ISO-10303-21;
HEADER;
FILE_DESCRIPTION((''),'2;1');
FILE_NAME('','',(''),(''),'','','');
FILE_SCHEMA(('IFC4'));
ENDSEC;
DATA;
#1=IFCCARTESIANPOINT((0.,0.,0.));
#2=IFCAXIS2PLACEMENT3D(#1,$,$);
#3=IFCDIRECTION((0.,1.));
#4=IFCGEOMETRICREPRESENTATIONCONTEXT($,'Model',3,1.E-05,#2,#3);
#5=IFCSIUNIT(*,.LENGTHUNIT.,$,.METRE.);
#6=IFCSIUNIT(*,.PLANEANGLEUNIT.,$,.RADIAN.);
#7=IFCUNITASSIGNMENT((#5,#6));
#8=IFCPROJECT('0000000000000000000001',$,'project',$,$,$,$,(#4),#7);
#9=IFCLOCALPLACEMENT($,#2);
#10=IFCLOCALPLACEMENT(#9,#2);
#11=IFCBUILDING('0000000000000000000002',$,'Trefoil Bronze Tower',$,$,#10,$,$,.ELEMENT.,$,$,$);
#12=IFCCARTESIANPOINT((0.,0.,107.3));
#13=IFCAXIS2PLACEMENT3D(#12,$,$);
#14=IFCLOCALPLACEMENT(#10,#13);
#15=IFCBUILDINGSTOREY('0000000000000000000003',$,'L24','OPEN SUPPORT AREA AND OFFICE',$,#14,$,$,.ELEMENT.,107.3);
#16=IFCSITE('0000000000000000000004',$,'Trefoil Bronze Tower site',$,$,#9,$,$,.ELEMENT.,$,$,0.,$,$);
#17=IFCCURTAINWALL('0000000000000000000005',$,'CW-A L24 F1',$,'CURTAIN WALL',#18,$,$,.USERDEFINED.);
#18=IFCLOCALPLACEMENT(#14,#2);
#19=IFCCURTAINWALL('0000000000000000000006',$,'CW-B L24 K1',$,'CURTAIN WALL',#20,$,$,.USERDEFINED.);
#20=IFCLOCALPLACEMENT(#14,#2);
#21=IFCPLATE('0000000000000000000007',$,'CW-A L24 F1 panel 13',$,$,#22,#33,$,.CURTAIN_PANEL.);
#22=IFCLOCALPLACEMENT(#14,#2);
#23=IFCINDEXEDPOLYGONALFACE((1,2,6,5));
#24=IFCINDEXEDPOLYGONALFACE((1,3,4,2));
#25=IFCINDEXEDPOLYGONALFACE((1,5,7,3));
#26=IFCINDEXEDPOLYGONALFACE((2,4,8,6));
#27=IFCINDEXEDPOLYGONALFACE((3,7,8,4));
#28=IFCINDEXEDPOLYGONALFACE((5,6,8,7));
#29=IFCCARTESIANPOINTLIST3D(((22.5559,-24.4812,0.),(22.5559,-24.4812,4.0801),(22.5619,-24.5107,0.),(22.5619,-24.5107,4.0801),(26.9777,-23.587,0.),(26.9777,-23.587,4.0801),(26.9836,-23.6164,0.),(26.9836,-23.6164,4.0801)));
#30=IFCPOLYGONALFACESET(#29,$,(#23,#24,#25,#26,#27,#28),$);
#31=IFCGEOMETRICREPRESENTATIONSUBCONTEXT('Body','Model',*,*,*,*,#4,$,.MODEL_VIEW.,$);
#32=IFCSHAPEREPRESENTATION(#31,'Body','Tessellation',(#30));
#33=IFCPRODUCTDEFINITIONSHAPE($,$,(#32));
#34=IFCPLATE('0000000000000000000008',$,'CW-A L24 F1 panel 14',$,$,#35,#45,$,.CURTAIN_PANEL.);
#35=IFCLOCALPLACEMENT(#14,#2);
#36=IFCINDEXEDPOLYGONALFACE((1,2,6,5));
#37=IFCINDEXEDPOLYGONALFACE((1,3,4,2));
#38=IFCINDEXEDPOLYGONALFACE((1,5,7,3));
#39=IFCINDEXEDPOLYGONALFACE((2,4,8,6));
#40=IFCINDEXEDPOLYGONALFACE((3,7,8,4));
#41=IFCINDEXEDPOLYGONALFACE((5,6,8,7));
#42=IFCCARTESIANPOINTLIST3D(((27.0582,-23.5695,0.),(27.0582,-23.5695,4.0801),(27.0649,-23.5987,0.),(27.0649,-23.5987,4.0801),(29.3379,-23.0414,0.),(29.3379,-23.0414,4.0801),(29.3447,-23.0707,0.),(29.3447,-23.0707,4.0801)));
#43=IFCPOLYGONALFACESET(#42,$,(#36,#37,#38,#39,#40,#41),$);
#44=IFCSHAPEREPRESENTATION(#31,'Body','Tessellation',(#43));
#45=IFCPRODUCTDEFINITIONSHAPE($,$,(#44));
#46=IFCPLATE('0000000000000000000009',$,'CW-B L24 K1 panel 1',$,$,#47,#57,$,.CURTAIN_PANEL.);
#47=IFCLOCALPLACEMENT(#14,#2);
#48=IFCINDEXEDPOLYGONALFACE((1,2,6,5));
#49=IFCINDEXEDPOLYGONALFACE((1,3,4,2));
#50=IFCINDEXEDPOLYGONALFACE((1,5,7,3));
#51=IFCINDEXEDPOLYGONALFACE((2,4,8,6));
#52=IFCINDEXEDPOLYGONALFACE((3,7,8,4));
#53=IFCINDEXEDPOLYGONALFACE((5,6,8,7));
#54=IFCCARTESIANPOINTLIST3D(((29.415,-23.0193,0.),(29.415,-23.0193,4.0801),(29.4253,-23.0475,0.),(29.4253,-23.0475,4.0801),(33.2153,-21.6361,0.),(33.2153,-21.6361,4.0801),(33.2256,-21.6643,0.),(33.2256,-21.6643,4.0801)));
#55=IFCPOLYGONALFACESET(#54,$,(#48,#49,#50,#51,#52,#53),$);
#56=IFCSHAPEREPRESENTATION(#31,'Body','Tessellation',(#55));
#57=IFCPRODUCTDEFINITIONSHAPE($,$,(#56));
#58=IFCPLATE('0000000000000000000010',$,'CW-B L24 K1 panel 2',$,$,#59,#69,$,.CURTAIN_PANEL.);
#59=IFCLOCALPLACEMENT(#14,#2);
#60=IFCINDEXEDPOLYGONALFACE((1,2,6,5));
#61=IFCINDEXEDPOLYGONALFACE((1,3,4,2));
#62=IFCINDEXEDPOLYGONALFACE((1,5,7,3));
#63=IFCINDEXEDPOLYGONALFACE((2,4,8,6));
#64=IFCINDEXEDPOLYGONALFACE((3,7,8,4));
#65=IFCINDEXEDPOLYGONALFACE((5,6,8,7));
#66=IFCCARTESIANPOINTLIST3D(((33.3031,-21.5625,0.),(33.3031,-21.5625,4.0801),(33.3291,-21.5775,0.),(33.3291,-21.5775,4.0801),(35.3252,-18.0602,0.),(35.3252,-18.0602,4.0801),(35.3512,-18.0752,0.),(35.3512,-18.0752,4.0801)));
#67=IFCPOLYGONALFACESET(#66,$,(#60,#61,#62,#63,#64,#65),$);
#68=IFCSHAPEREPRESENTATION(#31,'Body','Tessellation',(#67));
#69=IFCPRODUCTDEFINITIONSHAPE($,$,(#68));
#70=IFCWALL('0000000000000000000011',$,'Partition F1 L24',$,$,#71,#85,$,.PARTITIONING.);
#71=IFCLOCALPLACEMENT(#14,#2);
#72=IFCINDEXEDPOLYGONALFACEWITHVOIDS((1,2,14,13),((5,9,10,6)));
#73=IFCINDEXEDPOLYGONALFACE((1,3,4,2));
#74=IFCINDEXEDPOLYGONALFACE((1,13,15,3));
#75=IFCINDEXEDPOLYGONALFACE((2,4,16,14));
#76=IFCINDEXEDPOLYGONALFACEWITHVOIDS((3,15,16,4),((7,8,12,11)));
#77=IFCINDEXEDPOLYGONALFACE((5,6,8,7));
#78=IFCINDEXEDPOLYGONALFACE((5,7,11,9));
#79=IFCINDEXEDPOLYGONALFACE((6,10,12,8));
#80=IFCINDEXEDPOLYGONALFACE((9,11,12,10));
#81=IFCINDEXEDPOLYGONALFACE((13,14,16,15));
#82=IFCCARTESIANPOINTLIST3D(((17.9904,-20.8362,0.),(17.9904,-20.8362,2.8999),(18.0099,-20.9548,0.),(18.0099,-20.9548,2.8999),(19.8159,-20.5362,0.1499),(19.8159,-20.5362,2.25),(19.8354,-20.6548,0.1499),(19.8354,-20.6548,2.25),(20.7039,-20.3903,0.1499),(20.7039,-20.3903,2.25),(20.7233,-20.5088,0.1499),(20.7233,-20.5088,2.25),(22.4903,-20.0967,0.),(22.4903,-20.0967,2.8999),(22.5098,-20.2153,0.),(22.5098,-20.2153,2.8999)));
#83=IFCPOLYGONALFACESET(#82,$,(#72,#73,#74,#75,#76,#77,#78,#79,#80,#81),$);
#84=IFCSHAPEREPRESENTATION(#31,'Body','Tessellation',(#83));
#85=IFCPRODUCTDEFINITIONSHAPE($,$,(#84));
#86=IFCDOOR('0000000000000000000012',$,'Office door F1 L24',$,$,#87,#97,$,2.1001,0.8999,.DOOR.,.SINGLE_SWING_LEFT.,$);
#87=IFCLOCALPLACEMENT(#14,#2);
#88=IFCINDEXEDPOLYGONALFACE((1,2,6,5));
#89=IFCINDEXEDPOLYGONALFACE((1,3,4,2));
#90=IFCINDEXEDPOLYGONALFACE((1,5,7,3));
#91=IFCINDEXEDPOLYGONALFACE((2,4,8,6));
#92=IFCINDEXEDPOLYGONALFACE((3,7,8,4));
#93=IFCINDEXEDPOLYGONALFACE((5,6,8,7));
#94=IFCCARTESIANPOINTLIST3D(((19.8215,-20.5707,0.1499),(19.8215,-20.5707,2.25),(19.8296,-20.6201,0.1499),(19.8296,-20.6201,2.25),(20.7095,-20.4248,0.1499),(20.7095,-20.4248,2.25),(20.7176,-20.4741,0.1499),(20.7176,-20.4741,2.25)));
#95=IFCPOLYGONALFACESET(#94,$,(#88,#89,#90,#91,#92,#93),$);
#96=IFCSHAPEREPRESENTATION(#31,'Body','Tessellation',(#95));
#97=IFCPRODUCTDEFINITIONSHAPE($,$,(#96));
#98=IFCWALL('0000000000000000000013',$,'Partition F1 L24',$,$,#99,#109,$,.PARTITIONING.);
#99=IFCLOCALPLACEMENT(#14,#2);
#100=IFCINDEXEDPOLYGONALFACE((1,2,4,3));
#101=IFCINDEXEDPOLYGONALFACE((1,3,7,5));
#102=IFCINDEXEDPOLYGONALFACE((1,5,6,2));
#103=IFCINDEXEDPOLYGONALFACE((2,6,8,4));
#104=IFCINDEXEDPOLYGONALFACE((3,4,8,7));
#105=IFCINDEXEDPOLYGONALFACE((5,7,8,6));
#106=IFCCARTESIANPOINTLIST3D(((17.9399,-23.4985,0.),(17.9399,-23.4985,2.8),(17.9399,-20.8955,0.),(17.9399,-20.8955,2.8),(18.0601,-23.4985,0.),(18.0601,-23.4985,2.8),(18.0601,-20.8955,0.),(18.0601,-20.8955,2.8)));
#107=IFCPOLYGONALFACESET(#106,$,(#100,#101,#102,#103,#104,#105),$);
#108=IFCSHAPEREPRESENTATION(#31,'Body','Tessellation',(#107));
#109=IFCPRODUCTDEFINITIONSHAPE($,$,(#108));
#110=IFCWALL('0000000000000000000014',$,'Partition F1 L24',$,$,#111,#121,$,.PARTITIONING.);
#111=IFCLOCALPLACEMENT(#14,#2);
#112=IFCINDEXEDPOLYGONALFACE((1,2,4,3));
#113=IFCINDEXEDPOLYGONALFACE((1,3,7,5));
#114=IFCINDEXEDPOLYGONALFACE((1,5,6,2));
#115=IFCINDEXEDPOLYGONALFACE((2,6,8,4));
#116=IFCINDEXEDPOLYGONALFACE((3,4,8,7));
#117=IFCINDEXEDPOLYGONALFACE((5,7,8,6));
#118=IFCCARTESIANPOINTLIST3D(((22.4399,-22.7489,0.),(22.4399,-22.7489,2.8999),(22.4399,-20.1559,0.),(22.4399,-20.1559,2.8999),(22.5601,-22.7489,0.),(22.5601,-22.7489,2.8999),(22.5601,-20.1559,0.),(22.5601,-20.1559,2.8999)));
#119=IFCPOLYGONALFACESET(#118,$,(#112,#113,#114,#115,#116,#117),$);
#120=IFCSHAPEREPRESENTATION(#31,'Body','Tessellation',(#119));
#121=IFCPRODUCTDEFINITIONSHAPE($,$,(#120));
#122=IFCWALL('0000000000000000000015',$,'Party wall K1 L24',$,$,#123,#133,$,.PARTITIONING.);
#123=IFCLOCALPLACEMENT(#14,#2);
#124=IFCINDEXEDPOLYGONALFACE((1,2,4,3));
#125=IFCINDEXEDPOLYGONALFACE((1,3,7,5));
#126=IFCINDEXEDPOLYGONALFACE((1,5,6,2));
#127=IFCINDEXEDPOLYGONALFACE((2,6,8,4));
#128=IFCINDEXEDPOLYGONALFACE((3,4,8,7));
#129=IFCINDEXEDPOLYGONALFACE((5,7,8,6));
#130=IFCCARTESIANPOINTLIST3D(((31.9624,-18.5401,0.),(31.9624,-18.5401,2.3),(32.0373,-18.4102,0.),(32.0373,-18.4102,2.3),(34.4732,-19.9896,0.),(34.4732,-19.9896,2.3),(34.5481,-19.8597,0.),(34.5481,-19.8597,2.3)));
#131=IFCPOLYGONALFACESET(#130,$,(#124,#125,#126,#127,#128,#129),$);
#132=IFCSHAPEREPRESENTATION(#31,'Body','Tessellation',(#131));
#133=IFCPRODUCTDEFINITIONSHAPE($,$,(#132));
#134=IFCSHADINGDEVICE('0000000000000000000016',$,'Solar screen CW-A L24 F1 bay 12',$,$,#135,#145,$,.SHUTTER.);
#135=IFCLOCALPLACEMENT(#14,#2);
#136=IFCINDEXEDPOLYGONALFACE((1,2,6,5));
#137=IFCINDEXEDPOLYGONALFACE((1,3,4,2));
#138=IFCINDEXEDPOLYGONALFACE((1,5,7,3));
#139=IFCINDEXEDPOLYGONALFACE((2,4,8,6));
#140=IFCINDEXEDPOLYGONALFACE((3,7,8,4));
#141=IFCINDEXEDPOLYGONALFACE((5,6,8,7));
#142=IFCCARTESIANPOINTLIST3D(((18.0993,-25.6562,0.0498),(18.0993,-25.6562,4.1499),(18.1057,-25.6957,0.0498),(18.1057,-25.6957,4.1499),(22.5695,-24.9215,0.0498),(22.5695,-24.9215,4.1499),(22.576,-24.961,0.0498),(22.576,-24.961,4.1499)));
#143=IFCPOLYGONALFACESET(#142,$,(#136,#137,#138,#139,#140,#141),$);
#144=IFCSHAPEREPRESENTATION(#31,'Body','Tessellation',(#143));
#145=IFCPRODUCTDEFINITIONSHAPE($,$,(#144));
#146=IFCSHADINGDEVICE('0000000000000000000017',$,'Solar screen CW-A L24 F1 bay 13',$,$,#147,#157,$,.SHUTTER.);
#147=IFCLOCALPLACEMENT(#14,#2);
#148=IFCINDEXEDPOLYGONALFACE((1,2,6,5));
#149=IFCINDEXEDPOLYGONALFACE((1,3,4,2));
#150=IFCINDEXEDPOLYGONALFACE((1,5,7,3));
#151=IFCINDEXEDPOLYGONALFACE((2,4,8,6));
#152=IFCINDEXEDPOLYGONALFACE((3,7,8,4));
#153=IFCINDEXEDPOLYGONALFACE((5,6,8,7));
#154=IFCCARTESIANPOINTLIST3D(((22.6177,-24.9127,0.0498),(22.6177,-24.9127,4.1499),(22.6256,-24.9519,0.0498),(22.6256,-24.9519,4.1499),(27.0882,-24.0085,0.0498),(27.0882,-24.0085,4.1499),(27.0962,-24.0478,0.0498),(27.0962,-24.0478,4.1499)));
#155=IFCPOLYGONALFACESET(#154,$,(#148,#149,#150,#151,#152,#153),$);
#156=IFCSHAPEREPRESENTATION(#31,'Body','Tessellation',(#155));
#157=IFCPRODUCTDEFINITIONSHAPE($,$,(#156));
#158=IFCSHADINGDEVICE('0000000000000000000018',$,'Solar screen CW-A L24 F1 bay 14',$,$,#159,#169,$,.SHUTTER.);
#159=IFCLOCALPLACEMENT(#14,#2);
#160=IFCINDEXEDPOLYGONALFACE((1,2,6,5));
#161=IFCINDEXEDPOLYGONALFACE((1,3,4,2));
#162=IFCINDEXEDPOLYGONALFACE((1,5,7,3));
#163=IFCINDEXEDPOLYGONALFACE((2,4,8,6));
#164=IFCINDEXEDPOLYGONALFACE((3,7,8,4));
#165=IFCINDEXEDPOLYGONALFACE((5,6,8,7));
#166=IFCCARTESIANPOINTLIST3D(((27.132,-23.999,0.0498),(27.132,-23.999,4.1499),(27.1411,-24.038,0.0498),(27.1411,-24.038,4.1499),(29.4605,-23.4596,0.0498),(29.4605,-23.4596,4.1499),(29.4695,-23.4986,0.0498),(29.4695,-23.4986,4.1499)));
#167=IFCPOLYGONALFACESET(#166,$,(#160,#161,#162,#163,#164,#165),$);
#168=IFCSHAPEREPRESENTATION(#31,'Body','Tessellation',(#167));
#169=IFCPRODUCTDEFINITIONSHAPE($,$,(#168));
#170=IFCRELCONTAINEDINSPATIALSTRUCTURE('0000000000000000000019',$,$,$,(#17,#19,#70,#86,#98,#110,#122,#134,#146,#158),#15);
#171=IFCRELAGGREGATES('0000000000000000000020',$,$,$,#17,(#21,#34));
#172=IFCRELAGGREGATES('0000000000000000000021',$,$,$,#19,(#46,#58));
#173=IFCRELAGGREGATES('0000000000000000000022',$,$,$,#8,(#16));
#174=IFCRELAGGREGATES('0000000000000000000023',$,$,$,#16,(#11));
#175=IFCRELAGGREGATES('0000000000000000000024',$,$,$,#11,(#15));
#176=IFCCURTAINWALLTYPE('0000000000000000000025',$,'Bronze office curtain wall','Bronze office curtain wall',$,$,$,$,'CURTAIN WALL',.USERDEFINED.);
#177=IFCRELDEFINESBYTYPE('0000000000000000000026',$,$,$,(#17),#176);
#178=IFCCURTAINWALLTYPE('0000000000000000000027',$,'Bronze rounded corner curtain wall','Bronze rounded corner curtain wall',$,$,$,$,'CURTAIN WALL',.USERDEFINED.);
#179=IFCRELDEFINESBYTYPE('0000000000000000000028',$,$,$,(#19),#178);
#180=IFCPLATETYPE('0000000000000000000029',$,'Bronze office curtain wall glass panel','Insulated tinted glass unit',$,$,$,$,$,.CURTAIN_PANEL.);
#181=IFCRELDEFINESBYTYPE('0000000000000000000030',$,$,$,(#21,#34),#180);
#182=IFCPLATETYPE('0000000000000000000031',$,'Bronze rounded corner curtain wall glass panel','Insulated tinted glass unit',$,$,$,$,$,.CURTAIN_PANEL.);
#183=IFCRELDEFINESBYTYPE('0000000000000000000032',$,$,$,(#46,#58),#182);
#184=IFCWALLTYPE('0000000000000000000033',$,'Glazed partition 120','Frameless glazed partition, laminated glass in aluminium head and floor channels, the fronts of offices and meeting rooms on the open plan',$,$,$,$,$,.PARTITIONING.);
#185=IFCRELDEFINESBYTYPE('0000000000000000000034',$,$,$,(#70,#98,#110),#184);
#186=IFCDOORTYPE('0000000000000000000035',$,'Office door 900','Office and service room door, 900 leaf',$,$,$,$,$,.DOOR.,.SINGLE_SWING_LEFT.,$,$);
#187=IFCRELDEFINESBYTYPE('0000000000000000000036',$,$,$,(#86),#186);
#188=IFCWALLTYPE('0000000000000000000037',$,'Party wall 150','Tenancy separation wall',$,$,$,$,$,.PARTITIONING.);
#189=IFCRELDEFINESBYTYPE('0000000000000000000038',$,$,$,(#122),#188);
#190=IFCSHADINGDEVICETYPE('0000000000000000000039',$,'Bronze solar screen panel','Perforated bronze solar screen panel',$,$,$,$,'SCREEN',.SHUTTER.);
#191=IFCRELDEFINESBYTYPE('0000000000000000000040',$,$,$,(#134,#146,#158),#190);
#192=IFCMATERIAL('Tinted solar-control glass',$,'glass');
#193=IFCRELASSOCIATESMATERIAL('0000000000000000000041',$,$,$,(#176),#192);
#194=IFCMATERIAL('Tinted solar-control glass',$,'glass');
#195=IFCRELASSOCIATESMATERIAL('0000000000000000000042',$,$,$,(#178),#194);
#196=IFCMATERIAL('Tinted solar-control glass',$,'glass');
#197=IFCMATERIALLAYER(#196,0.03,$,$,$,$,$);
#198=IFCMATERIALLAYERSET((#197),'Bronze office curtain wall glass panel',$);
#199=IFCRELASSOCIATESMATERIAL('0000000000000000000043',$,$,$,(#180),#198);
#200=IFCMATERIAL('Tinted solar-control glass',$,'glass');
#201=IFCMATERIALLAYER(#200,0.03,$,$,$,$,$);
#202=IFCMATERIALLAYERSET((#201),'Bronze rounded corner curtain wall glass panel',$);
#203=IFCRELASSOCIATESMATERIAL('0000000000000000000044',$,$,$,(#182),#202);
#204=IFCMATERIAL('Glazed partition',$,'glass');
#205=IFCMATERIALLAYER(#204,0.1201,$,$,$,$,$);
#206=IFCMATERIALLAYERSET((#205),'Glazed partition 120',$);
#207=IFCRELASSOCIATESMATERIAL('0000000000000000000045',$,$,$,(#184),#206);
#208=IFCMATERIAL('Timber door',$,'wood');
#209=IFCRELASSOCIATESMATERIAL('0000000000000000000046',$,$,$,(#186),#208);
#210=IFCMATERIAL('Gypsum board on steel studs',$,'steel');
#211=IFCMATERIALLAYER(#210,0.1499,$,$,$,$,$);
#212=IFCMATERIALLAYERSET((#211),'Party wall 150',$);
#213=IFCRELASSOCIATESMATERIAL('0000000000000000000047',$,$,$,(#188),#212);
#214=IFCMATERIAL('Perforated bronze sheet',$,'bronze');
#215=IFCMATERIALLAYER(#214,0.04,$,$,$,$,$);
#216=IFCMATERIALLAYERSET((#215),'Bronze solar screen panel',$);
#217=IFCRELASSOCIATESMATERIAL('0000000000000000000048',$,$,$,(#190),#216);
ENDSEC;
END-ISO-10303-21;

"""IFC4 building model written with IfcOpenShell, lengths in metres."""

from ifc_helpers import new_model, si_unit, direction, frame, frame_2d, origin, origin_2d, place, context, subcontext, project, spatial, rectangle, extrude, material, layer, layer_set, type_object, element, fill, aggregate, save


model = new_model("IFC4")

# Units and contexts
model_context = context("Model", 3, precision=1e-05, world=origin(), true_north=direction((0.0, 1.0)))
body_context = subcontext(model_context, "Body", "Model", "MODEL_VIEW")
ifc_project = project(units=[si_unit("LENGTHUNIT", "METRE"), si_unit("PLANEANGLEUNIT", "RADIAN")], contexts=[model_context])

# Site, building, storey
site_placement = place(None, origin())
site = spatial("IfcSite", under=ifc_project, at=site_placement, Name="Trefoil Bronze Tower site", CompositionType="ELEMENT", RefElevation=0.0)
building_placement = place(site_placement, origin())
building = spatial("IfcBuilding", under=site, at=building_placement, Name="Trefoil Bronze Tower", CompositionType="ELEMENT")
storey_placement = place(building_placement, frame((0.0, 0.0, 107.3)))
storey = spatial("IfcBuildingStorey", under=building, at=storey_placement, Name="L24", Description="OPEN SUPPORT AREA AND OFFICE", CompositionType="ELEMENT", Elevation=107.3)

# Curtain walls
ifc_material_1 = material(Name="Tinted solar-control glass", Category="glass")
curtain_wall_type_1 = type_object("IfcCurtainWallType", Name="Bronze office curtain wall", Description="Bronze office curtain wall", ElementType="CURTAIN WALL", PredefinedType="USERDEFINED", material=ifc_material_1)
curtain_wall_1_placement = place(storey_placement, origin())
curtain_wall_1 = element("IfcCurtainWall", 1, at=curtain_wall_1_placement, inside=storey, type_object=curtain_wall_type_1, Name="CW-A L24 F1", ObjectType="CURTAIN WALL", PredefinedType="USERDEFINED")
ifc_material_2 = material(Name="Tinted solar-control glass", Category="glass")
curtain_wall_type_2 = type_object("IfcCurtainWallType", Name="Bronze rounded corner curtain wall", Description="Bronze rounded corner curtain wall", ElementType="CURTAIN WALL", PredefinedType="USERDEFINED", material=ifc_material_2)
curtain_wall_2_placement = place(storey_placement, origin())
curtain_wall_2 = element("IfcCurtainWall", 2, at=curtain_wall_2_placement, inside=storey, type_object=curtain_wall_type_2, Name="CW-B L24 K1", ObjectType="CURTAIN WALL", PredefinedType="USERDEFINED")

# Plates
ifc_material_3 = material(Name="Tinted solar-control glass", Category="glass")
ifc_layer_1 = layer(ifc_material_3, 0.03)
ifc_layer_set_1 = layer_set([ifc_layer_1], Name="Bronze office curtain wall glass panel")
plate_type_1 = type_object("IfcPlateType", Name="Bronze office curtain wall glass panel", Description="Insulated tinted glass unit", PredefinedType="CURTAIN_PANEL", material=ifc_layer_set_1)
plate_1_placement = place(storey_placement, frame((24.7698, -24.0488, 0.0), z_axis=(0.0, 0.0, 1.0), x_axis=(0.980155, 0.198232, 0.0)))
plate_1 = element("IfcPlate", 3, at=plate_1_placement, type_object=plate_type_1, Name="CW-A L24 F1 panel 13", PredefinedType="CURTAIN_PANEL", context=body_context, shape_type="SweptSolid", body=[
    extrude(rectangle(XDim=4.5112, YDim=0.03, at=origin_2d()), origin(), (0.0, 0.0, 1.0), 4.0801),
])
plate_2_placement = place(storey_placement, frame((28.2014, -23.3201, 0.0), z_axis=(0.0, 0.0, 1.0), x_axis=(0.974204, 0.225667, 0.0)))
plate_2 = element("IfcPlate", 4, at=plate_2_placement, type_object=plate_type_1, Name="CW-A L24 F1 panel 14", PredefinedType="CURTAIN_PANEL", context=body_context, shape_type="SweptSolid", body=[
    extrude(rectangle(XDim=2.3401, YDim=0.03, at=origin_2d()), origin(), (0.0, 0.0, 1.0), 4.0801),
])
aggregate(curtain_wall_1, [plate_1, plate_2])
ifc_material_4 = material(Name="Tinted solar-control glass", Category="glass")
ifc_layer_2 = layer(ifc_material_4, 0.03)
ifc_layer_set_2 = layer_set([ifc_layer_2], Name="Bronze rounded corner curtain wall glass panel")
plate_type_2 = type_object("IfcPlateType", Name="Bronze rounded corner curtain wall glass panel", Description="Insulated tinted glass unit", PredefinedType="CURTAIN_PANEL", material=ifc_layer_set_2)
plate_3_placement = place(storey_placement, frame((31.3203, -22.3418, 0.0), z_axis=(0.0, 0.0, 1.0), x_axis=(0.939693, 0.34202, 0.0)))
plate_3 = element("IfcPlate", 5, at=plate_3_placement, type_object=plate_type_2, Name="CW-B L24 K1 panel 1", PredefinedType="CURTAIN_PANEL", context=body_context, shape_type="SweptSolid", body=[
    extrude(rectangle(XDim=4.0442, YDim=0.03, at=origin_2d()), origin(), (0.0, 0.0, 1.0), 4.0801),
])
plate_4_placement = place(storey_placement, frame((34.3271, -19.8188, 0.0), z_axis=(0.0, 0.0, 1.0), x_axis=(0.5, 0.866025, 0.0)))
plate_4 = element("IfcPlate", 6, at=plate_4_placement, type_object=plate_type_2, Name="CW-B L24 K1 panel 2", PredefinedType="CURTAIN_PANEL", context=body_context, shape_type="SweptSolid", body=[
    extrude(rectangle(XDim=4.0442, YDim=0.03, at=origin_2d()), origin(), (0.0, 0.0, 1.0), 4.0801),
])
aggregate(curtain_wall_2, [plate_3, plate_4])

# Wall, opening, door
ifc_material_5 = material(Name="Glazed partition", Category="glass")
ifc_layer_3 = layer(ifc_material_5, 0.1201)
ifc_layer_set_3 = layer_set([ifc_layer_3], Name="Glazed partition 120")
wall_type_1 = type_object("IfcWallType", Name="Glazed partition 120", Description="Frameless glazed partition, laminated glass in aluminium head and floor channels, the fronts of offices and meeting rooms on the open plan", PredefinedType="PARTITIONING", material=ifc_layer_set_3)
wall_1_placement = place(storey_placement, frame((18.0, -20.8955, 0.0), z_axis=(0.0, 0.0, 1.0), x_axis=(0.986765, 0.162159, 0.0)))
wall_1 = element("IfcWall", 7, at=wall_1_placement, inside=storey, type_object=wall_type_1, Name="Partition F1 L24", PredefinedType="PARTITIONING", context=body_context, shape_type="SweptSolid", body=[
    extrude(rectangle(XDim=4.5603, YDim=0.1201, at=frame_2d((2.2803, 0.0))), origin(), (0.0, 0.0, 1.0), 2.8999),
])
opening_placement = place(wall_1_placement, frame((1.8501, 0.0, 0.1499)))
opening = element("IfcOpeningElement", 8, at=opening_placement, cuts=wall_1, PredefinedType="OPENING", context=body_context, shape_type="SweptSolid", body=[
    extrude(rectangle(XDim=0.8999, YDim=2.1001, at=frame_2d((0.45, 1.05))), frame((0.0, 0.0701, 0.0), z_axis=(0.0, -1.0, 0.0), x_axis=(1.0, 0.0, 0.0)), (0.0, 0.0, 1.0), 0.1401),
])
ifc_material_6 = material(Name="Timber door", Category="wood")
door_type = type_object("IfcDoorType", Name="Office door 900", Description="Office and service room door, 900 leaf", OperationType="SINGLE_SWING_LEFT", PredefinedType="DOOR", material=ifc_material_6)
door_placement = place(opening_placement, frame((0.8999, 0.0, 0.0), z_axis=(0.0, 0.0, 1.0), x_axis=(-1.0, 0.0, 0.0)))
door = element("IfcDoor", 9, at=door_placement, inside=storey, type_object=door_type, Name="Office door F1 L24", OperationType="SINGLE_SWING_LEFT", OverallHeight=2.1001, OverallWidth=0.8999, PredefinedType="DOOR", context=body_context, shape_type="SweptSolid", body=[
    extrude(rectangle(XDim=0.8999, YDim=2.1001, at=frame_2d((0.45, 1.05))), frame((0.0, 0.0249, 0.0), z_axis=(0.0, -1.0, 0.0), x_axis=(1.0, 0.0, 0.0)), (0.0, 0.0, 1.0), 0.05),
])
fill(opening, door)

# Walls
wall_2_placement = place(storey_placement, frame((18.0, -20.8955, 0.0), z_axis=(0.0, 0.0, 1.0), x_axis=(0.0, -1.0, 0.0)))
element("IfcWall", 10, at=wall_2_placement, inside=storey, type_object=wall_type_1, Name="Partition F1 L24", PredefinedType="PARTITIONING", context=body_context, shape_type="SweptSolid", body=[
    extrude(rectangle(XDim=2.603, YDim=0.1201, at=frame_2d((1.3015, 0.0))), origin(), (0.0, 0.0, 1.0), 2.8),
])
wall_3_placement = place(storey_placement, frame((22.5, -20.156, 0.0), z_axis=(0.0, 0.0, 1.0), x_axis=(0.0, -1.0, 0.0)))
element("IfcWall", 11, at=wall_3_placement, inside=storey, type_object=wall_type_1, Name="Partition F1 L24", PredefinedType="PARTITIONING", context=body_context, shape_type="SweptSolid", body=[
    extrude(rectangle(XDim=2.593, YDim=0.1201, at=frame_2d((1.2964, 0.0))), origin(), (0.0, 0.0, 1.0), 2.8999),
])
ifc_material_7 = material(Name="Gypsum board on steel studs", Category="steel")
ifc_layer_4 = layer(ifc_material_7, 0.1499)
ifc_layer_set_4 = layer_set([ifc_layer_4], Name="Party wall 150")
wall_type_2 = type_object("IfcWallType", Name="Party wall 150", Description="Tenancy separation wall", PredefinedType="PARTITIONING", material=ifc_layer_set_4)
wall_4_placement = place(storey_placement, frame((31.9998, -18.4751, 0.0), z_axis=(0.0, 0.0, 1.0), x_axis=(0.866043, -0.49997, 0.0)))
element("IfcWall", 12, at=wall_4_placement, inside=storey, type_object=wall_type_2, Name="Party wall K1 L24", PredefinedType="PARTITIONING", context=body_context, shape_type="SweptSolid", body=[
    extrude(rectangle(XDim=2.8992, YDim=0.1499, at=frame_2d((1.4497, 0.0))), origin(), (0.0, 0.0, 1.0), 2.3),
])

# Shading devices
ifc_material_8 = material(Name="Perforated bronze sheet", Category="bronze")
ifc_layer_5 = layer(ifc_material_8, 0.04)
ifc_layer_set_5 = layer_set([ifc_layer_5], Name="Bronze solar screen panel")
shading_device_type = type_object("IfcShadingDeviceType", Name="Bronze solar screen panel", Description="Perforated bronze solar screen panel", ElementType="SCREEN", PredefinedType="SHUTTER", material=ifc_layer_set_5)
shading_device_1_placement = place(storey_placement, frame((20.3376, -25.3086, 0.0498), z_axis=(0.0, 0.0, 1.0), x_axis=(0.98676, 0.162189, 0.0)))
element("IfcShadingDevice", 13, at=shading_device_1_placement, inside=storey, type_object=shading_device_type, Name="Solar screen CW-A L24 F1 bay 12", PredefinedType="SHUTTER", context=body_context, shape_type="SweptSolid", body=[
    extrude(rectangle(XDim=4.5303, YDim=0.04, at=origin_2d()), origin(), (0.0, 0.0, 1.0), 4.1001),
])
shading_device_2_placement = place(storey_placement, frame((24.8569, -24.4802, 0.0498), z_axis=(0.0, 0.0, 1.0), x_axis=(0.980155, 0.198232, 0.0)))
element("IfcShadingDevice", 14, at=shading_device_2_placement, inside=storey, type_object=shading_device_type, Name="Solar screen CW-A L24 F1 bay 13", PredefinedType="SHUTTER", context=body_context, shape_type="SweptSolid", body=[
    extrude(rectangle(XDim=4.561, YDim=0.04, at=origin_2d()), origin(), (0.0, 0.0, 1.0), 4.1001),
])
shading_device_3_placement = place(storey_placement, frame((28.3008, -23.7488, 0.0498), z_axis=(0.0, 0.0, 1.0), x_axis=(0.974204, 0.225667, 0.0)))
element("IfcShadingDevice", 15, at=shading_device_3_placement, inside=storey, type_object=shading_device_type, Name="Solar screen CW-A L24 F1 bay 14", PredefinedType="SHUTTER", context=body_context, shape_type="SweptSolid", body=[
    extrude(rectangle(XDim=2.3901, YDim=0.04, at=origin_2d()), origin(), (0.0, 0.0, 1.0), 4.1001),
])

save(model, "model.ifc")
